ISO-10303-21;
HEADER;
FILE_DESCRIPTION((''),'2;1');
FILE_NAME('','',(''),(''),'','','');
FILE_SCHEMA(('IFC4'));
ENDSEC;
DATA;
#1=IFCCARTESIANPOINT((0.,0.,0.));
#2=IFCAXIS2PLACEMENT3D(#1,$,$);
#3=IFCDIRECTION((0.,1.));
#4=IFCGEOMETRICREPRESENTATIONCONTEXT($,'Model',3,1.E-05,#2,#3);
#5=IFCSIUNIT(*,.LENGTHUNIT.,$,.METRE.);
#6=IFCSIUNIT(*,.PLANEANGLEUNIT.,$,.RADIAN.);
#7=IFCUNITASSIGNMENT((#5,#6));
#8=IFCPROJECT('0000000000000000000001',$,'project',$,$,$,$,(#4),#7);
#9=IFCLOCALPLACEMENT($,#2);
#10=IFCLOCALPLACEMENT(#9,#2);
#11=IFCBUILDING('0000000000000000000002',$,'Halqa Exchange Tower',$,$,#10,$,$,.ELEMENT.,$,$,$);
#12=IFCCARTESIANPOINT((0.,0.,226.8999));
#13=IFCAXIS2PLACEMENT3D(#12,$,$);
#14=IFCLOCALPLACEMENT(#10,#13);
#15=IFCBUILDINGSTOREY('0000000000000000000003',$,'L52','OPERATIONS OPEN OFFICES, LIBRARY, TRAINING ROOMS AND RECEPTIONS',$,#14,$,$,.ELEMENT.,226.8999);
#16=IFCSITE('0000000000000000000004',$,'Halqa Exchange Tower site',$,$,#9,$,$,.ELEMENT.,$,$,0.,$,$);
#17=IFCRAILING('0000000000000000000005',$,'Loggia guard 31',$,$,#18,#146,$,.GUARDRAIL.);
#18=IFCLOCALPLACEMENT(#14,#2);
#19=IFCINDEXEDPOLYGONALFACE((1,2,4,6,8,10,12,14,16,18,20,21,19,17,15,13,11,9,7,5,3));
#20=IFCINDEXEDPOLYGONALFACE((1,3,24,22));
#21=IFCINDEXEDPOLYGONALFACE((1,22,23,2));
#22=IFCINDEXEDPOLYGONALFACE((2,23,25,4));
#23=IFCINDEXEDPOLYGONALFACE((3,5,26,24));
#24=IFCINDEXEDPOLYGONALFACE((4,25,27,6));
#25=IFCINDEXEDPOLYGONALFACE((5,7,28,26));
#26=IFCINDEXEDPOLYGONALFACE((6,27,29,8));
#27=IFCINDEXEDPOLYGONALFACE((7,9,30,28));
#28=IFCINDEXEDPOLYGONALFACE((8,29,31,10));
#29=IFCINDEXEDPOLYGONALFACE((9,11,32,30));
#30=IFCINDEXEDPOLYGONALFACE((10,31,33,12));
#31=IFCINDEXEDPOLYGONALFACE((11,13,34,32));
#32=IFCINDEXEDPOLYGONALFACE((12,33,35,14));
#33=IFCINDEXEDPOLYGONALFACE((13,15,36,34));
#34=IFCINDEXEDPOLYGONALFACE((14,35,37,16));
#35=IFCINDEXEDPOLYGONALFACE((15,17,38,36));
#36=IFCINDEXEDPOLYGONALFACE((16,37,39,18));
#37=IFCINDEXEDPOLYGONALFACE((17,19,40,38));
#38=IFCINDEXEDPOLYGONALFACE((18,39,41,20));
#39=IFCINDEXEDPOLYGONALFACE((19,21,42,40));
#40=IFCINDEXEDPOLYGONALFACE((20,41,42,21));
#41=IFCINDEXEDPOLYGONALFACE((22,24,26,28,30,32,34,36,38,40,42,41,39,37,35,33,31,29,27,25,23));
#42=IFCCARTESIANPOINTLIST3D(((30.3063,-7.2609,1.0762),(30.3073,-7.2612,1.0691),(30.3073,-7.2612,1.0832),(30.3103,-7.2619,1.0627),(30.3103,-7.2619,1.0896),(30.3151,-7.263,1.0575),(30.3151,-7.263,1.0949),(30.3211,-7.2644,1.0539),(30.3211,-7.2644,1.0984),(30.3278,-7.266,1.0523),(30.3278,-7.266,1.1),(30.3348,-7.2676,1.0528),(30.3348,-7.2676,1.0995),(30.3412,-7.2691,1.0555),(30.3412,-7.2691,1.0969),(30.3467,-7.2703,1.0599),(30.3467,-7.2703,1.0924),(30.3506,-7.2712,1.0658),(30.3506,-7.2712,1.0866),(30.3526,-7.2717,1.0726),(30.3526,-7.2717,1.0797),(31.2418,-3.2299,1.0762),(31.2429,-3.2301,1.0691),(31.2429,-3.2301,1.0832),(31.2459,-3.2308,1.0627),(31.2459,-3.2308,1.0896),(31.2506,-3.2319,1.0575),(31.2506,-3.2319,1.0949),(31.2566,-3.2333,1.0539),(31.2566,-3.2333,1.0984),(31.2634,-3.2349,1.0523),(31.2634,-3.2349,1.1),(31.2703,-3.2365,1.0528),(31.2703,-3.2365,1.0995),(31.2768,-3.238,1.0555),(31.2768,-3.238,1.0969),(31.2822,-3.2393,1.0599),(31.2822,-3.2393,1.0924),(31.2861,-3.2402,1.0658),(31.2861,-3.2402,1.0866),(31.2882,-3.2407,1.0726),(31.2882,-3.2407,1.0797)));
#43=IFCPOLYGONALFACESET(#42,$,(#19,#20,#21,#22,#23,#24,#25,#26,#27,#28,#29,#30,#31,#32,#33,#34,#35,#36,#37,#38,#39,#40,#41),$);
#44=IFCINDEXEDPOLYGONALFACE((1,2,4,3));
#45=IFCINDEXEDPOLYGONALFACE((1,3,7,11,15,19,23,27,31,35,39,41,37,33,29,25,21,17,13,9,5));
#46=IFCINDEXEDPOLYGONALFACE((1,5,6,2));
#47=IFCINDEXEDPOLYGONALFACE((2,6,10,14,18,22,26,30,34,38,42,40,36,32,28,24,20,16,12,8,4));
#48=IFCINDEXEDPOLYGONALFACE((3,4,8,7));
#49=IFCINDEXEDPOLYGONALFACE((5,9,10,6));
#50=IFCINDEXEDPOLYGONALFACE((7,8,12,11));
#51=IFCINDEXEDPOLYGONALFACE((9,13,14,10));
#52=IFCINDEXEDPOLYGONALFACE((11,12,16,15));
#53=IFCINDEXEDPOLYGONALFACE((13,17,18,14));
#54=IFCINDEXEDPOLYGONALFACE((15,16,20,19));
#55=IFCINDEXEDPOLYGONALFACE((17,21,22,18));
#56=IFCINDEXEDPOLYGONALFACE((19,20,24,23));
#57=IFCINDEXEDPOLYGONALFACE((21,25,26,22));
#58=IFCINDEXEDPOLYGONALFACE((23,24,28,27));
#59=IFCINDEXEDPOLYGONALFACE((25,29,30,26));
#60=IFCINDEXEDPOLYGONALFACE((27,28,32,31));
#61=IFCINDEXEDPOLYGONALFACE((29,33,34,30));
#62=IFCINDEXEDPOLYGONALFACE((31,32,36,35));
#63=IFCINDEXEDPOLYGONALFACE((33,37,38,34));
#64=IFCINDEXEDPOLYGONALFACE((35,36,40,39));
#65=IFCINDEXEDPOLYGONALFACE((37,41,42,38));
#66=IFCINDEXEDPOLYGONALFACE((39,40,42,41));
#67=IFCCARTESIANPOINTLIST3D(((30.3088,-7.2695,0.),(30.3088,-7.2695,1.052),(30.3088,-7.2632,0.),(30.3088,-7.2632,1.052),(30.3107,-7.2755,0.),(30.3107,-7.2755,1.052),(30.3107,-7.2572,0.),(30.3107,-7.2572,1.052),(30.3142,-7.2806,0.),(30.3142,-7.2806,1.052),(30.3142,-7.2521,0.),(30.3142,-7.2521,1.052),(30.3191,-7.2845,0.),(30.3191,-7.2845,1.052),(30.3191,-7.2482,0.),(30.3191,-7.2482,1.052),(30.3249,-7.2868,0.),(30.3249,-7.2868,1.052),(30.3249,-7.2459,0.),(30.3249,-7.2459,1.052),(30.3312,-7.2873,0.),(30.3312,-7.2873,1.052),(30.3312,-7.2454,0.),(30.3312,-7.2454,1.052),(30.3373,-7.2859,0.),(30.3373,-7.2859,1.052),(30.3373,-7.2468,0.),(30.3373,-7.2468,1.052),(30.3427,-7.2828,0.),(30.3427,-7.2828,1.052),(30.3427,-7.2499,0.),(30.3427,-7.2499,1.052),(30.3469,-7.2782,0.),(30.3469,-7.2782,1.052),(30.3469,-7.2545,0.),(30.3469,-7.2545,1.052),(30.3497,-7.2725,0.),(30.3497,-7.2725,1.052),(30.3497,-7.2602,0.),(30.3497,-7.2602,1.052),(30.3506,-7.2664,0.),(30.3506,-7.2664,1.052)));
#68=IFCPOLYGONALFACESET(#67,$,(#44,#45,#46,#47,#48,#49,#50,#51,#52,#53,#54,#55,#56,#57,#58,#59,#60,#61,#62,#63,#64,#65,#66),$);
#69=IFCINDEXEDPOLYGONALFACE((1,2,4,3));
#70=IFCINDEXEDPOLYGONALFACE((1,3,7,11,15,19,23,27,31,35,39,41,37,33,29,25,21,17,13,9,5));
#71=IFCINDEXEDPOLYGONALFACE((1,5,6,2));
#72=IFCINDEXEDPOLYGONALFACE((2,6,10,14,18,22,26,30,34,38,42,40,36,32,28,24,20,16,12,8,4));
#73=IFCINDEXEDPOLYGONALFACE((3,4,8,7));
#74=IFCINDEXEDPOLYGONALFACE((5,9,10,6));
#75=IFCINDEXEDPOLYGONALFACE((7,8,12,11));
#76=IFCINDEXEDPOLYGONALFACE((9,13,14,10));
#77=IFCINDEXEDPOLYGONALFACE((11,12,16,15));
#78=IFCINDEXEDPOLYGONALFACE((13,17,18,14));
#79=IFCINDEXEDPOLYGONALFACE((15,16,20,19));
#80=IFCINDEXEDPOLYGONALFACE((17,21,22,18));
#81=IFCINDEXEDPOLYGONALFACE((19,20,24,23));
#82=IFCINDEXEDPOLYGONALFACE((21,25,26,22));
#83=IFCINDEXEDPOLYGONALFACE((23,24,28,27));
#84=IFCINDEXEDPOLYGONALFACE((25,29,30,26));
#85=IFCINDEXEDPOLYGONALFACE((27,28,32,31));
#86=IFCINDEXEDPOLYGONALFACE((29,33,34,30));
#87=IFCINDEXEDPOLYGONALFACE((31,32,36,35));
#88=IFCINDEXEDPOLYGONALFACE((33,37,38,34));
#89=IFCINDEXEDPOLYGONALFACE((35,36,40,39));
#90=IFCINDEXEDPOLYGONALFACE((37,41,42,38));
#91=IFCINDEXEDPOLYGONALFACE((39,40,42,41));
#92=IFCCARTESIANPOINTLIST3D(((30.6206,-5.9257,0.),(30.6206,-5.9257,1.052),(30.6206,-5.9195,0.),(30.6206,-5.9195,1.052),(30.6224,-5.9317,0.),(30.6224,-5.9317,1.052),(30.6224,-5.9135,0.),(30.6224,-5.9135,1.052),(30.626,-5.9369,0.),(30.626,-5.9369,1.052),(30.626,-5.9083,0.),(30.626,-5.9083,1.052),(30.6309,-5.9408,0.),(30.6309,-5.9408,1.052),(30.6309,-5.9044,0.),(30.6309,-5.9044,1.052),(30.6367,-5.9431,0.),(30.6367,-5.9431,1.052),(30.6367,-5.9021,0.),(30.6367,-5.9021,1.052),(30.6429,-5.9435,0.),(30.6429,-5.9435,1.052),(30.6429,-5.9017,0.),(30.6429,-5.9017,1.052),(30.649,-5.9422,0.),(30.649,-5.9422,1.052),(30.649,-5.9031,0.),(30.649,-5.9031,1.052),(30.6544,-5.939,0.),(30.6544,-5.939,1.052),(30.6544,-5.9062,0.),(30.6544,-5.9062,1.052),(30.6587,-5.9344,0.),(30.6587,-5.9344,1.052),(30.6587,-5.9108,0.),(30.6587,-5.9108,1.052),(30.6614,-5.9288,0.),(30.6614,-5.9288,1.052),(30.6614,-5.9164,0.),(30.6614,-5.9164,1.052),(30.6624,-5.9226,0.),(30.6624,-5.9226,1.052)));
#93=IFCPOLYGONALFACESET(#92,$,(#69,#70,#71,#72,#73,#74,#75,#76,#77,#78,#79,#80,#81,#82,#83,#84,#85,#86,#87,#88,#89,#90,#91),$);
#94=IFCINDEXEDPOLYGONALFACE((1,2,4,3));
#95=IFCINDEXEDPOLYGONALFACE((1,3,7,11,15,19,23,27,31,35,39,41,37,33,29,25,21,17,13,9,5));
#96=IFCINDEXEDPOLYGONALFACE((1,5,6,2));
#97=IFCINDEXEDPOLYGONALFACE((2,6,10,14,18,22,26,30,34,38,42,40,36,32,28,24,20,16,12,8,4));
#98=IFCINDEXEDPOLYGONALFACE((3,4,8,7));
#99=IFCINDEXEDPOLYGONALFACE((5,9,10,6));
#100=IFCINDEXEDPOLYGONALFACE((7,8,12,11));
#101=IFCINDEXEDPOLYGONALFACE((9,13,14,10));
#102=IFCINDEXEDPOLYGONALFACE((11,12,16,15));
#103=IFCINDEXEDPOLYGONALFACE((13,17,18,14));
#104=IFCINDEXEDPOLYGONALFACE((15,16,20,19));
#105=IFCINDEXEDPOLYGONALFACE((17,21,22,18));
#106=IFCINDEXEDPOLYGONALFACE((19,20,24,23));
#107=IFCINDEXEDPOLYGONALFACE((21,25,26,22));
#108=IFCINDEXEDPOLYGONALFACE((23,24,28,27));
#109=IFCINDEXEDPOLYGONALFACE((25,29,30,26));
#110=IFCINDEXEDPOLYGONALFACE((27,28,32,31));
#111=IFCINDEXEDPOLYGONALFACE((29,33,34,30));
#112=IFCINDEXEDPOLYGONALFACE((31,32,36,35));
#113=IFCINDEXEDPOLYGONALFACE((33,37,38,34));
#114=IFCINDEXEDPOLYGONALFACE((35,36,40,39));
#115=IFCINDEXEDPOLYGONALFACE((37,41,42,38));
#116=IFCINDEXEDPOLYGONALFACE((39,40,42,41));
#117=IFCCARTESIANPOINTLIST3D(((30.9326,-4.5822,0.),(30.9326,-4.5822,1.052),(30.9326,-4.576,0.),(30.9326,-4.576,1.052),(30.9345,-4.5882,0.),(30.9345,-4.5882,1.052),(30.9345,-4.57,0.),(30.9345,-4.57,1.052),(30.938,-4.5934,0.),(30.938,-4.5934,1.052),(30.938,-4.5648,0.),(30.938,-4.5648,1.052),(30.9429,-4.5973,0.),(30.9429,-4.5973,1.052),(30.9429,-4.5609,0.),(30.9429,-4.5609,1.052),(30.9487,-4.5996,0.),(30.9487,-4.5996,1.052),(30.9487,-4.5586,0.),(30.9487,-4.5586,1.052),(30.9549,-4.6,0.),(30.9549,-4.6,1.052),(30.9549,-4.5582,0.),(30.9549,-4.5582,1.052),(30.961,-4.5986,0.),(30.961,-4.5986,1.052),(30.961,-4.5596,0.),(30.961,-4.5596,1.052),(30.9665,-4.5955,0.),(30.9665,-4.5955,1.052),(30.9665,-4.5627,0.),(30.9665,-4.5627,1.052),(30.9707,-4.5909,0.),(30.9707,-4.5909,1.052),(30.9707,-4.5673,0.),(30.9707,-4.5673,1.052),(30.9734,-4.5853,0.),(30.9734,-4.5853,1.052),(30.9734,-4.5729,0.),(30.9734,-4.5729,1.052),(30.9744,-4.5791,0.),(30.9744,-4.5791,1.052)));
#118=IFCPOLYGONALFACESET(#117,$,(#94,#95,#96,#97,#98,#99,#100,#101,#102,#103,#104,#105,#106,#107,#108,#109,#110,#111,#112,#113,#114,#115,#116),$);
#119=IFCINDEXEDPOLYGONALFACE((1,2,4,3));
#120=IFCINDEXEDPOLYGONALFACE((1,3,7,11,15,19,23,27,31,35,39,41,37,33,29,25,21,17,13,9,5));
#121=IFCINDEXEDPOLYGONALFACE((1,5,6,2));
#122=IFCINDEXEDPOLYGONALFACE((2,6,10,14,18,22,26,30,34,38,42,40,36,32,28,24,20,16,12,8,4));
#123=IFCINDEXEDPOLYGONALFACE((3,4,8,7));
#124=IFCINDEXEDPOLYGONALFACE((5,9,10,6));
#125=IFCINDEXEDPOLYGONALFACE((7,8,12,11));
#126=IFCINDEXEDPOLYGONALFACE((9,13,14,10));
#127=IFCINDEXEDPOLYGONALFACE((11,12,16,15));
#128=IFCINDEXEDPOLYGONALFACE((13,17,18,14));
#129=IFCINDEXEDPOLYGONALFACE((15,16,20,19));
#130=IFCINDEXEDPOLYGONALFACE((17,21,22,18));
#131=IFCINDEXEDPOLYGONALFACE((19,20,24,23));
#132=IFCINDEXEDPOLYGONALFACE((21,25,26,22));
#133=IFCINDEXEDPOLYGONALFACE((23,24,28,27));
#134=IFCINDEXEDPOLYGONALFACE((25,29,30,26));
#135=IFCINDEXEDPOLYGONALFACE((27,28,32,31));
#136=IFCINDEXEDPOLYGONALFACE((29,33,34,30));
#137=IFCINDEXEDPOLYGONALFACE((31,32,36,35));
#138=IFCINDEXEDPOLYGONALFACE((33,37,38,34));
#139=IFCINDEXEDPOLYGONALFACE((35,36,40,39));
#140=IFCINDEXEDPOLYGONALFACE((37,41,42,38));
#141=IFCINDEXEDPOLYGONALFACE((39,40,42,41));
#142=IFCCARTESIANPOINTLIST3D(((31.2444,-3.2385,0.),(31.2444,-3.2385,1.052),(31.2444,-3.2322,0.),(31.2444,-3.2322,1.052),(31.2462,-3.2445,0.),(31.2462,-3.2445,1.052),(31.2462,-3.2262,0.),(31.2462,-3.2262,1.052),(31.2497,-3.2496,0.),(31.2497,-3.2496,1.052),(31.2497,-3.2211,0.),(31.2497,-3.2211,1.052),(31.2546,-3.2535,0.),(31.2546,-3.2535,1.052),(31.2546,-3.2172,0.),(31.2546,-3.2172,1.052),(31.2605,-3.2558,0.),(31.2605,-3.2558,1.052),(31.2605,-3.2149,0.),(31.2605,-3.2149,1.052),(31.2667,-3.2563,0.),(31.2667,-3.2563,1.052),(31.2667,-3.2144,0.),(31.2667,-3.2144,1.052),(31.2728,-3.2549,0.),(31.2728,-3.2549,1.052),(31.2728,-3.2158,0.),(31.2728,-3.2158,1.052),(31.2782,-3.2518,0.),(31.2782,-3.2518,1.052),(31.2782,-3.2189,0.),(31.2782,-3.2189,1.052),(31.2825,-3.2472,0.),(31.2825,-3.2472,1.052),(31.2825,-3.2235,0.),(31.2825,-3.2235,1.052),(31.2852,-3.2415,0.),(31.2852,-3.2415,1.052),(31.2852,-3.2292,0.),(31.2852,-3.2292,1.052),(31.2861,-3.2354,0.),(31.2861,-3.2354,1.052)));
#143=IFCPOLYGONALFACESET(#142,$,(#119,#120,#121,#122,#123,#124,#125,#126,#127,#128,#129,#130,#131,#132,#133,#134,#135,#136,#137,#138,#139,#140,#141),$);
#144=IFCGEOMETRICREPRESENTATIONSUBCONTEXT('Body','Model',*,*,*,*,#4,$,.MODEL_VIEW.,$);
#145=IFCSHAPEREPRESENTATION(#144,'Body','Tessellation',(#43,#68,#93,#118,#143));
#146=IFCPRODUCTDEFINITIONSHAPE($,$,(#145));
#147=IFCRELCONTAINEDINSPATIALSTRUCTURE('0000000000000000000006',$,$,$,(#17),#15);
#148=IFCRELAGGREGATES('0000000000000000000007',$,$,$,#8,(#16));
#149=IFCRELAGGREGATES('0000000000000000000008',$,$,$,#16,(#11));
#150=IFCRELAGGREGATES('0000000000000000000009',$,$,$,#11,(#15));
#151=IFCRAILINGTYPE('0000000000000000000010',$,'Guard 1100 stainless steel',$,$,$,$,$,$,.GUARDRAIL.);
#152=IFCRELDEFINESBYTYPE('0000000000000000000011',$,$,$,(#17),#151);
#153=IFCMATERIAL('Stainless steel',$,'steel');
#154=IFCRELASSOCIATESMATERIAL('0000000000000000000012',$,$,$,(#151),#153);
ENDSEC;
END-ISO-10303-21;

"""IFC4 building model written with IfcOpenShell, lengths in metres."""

from ifc_helpers import new_model, si_unit, direction, frame, origin, origin_2d, place, context, subcontext, project, spatial, circle, extrude, material, type_object, element, save


model = new_model("IFC4")

# Units and contexts
model_context = context("Model", 3, precision=1e-05, world=origin(), true_north=direction((0.0, 1.0)))
body_context = subcontext(model_context, "Body", "Model", "MODEL_VIEW")
ifc_project = project(units=[si_unit("LENGTHUNIT", "METRE"), si_unit("PLANEANGLEUNIT", "RADIAN")], contexts=[model_context])

# Site, building, storey
site_placement = place(None, origin())
site = spatial("IfcSite", under=ifc_project, at=site_placement, Name="Halqa Exchange Tower site", CompositionType="ELEMENT", RefElevation=0.0)
building_placement = place(site_placement, origin())
building = spatial("IfcBuilding", under=site, at=building_placement, Name="Halqa Exchange Tower", CompositionType="ELEMENT")
storey_placement = place(building_placement, frame((0.0, 0.0, 226.8999)))
storey = spatial("IfcBuildingStorey", under=building, at=storey_placement, Name="L52", Description="OPERATIONS OPEN OFFICES, LIBRARY, TRAINING ROOMS AND RECEPTIONS", CompositionType="ELEMENT", Elevation=226.8999)

# Railing
ifc_material_1 = material(Name="Stainless steel", Category="steel")
railing_type = type_object("IfcRailingType", Name="Guard 1100 stainless steel", PredefinedType="GUARDRAIL", material=ifc_material_1)
railing_1_placement = place(storey_placement, frame((30.3296, -7.2664, 0.0)))
element("IfcRailing", 1, at=railing_1_placement, inside=storey, type_object=railing_type, Name="Loggia guard 31", PredefinedType="GUARDRAIL", context=body_context, shape_type="SweptSolid", body=[
    extrude(circle(Radius=0.0239, at=origin_2d()), frame((0.0, 0.0, 1.0762), z_axis=(0.226079, 0.974109, 0.0), x_axis=(-0.974109, 0.226079, 0.0)), (0.0, 0.0, 1.0), 4.1382),
    extrude(circle(Radius=0.021, at=origin_2d()), origin(), (0.0, 0.0, 1.0), 1.052),
    extrude(circle(Radius=0.021, at=origin_2d()), frame((0.3118, 1.3438, 0.0)), (0.0, 0.0, 1.0), 1.052),
    extrude(circle(Radius=0.021, at=origin_2d()), frame((0.6238, 2.6873, 0.0)), (0.0, 0.0, 1.0), 1.052),
    extrude(circle(Radius=0.021, at=origin_2d()), frame((0.9355, 4.031, 0.0)), (0.0, 0.0, 1.0), 1.052),
])

save(model, "model.ifc")
